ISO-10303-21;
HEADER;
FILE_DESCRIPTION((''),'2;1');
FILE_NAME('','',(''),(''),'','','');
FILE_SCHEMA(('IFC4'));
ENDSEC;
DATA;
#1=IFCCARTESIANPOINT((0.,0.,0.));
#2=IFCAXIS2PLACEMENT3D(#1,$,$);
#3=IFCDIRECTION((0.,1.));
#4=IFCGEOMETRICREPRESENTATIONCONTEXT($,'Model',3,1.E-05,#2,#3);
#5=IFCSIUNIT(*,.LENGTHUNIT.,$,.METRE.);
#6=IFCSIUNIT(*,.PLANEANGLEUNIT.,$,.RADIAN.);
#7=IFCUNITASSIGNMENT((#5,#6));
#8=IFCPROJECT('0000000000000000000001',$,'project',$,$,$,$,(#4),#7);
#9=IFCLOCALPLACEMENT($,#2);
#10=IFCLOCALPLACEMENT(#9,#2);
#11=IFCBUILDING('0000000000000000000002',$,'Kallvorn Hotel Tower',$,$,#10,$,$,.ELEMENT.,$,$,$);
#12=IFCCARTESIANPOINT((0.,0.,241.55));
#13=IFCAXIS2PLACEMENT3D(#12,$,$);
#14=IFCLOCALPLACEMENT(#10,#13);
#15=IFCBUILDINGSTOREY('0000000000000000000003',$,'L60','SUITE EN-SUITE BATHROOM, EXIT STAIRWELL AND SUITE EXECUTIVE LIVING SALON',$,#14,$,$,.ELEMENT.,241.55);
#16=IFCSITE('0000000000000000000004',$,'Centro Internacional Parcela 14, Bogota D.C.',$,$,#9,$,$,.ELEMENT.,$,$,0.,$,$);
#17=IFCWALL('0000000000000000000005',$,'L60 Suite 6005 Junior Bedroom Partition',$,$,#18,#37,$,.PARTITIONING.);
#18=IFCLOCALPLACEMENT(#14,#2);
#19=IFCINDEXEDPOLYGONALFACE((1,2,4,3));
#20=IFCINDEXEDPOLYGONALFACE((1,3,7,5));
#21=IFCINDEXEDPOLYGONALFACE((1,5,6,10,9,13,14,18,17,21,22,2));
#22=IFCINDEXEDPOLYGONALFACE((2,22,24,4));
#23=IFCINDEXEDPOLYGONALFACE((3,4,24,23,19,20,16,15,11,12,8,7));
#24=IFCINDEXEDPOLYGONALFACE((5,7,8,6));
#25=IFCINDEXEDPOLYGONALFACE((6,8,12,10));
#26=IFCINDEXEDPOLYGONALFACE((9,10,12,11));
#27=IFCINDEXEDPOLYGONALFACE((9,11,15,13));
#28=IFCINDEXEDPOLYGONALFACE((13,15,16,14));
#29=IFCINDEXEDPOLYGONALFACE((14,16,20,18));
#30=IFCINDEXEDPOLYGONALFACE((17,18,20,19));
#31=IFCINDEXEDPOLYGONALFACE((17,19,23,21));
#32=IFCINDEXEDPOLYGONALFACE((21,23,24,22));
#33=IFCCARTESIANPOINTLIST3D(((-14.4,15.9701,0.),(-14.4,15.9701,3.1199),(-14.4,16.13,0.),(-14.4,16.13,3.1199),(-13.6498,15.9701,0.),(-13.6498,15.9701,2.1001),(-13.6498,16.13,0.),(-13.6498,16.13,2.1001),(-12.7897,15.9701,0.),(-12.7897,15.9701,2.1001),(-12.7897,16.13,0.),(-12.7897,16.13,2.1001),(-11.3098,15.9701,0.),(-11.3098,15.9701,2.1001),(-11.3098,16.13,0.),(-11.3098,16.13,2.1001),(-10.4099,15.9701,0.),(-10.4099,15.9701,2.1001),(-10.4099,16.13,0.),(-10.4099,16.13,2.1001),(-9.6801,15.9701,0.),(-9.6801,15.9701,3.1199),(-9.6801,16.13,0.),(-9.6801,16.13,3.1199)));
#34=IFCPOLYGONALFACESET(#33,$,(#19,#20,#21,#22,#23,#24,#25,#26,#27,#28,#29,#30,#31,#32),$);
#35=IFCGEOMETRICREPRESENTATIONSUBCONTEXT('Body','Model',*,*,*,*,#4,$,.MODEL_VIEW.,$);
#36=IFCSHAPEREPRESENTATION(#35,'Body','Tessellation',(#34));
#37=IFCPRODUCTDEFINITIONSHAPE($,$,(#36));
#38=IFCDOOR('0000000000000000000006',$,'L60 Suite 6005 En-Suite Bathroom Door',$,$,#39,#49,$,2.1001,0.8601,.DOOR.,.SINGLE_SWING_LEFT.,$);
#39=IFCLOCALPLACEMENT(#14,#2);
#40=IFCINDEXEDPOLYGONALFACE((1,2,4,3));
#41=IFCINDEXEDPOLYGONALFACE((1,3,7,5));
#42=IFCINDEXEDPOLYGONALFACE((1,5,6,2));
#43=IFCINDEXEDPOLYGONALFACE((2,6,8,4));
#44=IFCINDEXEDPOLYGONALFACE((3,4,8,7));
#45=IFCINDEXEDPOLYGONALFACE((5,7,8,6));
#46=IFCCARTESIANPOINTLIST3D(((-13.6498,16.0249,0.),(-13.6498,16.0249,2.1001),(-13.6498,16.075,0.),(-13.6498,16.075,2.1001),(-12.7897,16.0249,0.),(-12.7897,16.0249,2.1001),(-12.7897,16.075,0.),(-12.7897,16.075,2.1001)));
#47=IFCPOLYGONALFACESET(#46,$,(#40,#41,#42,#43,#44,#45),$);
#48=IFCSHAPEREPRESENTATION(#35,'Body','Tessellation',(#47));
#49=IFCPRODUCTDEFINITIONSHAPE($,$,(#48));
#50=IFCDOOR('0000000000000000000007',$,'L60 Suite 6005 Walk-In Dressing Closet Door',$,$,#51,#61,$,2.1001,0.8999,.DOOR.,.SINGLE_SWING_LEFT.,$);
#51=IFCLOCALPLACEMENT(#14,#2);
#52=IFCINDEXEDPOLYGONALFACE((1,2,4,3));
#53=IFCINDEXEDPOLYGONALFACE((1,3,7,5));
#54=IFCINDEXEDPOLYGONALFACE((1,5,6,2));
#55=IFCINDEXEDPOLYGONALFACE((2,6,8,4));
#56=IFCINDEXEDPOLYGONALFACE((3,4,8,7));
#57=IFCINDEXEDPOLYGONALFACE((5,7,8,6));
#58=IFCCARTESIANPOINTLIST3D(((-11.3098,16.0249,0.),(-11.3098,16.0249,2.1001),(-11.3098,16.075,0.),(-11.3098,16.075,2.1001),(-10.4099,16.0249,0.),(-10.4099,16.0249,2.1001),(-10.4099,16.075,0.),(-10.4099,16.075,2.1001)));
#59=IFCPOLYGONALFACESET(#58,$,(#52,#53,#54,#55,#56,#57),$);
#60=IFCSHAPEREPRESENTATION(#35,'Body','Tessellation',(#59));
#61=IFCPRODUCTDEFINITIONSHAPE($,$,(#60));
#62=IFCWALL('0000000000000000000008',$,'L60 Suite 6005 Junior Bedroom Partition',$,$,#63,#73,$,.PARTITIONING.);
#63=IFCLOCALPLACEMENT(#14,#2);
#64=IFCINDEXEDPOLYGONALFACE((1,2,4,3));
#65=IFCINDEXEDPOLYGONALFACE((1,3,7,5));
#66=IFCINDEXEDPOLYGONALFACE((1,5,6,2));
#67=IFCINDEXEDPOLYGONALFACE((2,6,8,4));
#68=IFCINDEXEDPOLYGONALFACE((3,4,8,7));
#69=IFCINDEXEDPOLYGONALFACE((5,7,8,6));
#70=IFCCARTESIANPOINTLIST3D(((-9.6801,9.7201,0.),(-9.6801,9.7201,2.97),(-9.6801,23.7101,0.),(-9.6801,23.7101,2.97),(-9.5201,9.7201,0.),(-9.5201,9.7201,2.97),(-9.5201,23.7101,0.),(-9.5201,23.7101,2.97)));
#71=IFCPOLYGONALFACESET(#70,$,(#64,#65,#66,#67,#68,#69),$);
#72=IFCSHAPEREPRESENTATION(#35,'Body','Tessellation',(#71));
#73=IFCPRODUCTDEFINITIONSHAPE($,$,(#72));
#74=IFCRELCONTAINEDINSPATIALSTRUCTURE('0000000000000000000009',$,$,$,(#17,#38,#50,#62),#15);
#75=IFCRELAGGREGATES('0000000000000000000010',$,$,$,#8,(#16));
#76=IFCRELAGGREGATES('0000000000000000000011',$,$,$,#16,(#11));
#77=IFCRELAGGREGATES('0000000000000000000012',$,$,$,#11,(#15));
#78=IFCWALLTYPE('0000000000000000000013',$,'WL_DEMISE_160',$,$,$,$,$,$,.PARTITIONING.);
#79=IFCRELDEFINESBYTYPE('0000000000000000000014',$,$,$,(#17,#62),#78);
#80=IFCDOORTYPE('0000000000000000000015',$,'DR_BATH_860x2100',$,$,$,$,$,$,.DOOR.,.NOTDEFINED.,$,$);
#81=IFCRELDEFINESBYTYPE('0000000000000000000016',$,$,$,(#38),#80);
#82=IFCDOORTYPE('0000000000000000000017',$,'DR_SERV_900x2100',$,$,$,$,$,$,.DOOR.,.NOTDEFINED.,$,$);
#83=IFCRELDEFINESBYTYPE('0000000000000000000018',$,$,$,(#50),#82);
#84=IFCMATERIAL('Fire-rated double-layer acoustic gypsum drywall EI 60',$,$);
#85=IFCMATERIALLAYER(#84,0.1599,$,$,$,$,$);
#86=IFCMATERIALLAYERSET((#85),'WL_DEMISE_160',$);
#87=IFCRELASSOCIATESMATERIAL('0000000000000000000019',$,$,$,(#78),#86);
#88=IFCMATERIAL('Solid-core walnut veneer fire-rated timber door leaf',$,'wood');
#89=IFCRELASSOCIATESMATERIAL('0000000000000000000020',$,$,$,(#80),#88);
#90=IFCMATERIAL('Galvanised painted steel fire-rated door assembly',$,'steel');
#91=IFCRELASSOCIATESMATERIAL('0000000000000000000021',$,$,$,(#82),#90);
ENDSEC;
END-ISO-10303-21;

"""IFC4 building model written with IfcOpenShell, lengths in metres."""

from ifc_helpers import new_model, si_unit, direction, frame, frame_2d, origin, place, context, subcontext, project, spatial, rectangle, extrude, material, layer, layer_set, type_object, element, fill, save


model = new_model("IFC4")

# Units and contexts
model_context = context("Model", 3, precision=1e-05, world=origin(), true_north=direction((0.0, 1.0)))
body_context = subcontext(model_context, "Body", "Model", "MODEL_VIEW")
ifc_project = project(units=[si_unit("LENGTHUNIT", "METRE"), si_unit("PLANEANGLEUNIT", "RADIAN")], contexts=[model_context])

# Site, building, storey
site_placement = place(None, origin())
site = spatial("IfcSite", under=ifc_project, at=site_placement, Name="Centro Internacional Parcela 14, Bogota D.C.", CompositionType="ELEMENT", RefElevation=0.0)
building_placement = place(site_placement, origin())
building = spatial("IfcBuilding", under=site, at=building_placement, Name="Kallvorn Hotel Tower", CompositionType="ELEMENT")
storey_placement = place(building_placement, frame((0.0, 0.0, 241.55)))
storey = spatial("IfcBuildingStorey", under=building, at=storey_placement, Name="L60", Description="SUITE EN-SUITE BATHROOM, EXIT STAIRWELL AND SUITE EXECUTIVE LIVING SALON", CompositionType="ELEMENT", Elevation=241.55)

# Wall, openings, doors
ifc_material_1 = material(Name="Fire-rated double-layer acoustic gypsum drywall EI 60")
ifc_layer_1 = layer(ifc_material_1, 0.1599)
ifc_layer_set_1 = layer_set([ifc_layer_1], Name="WL_DEMISE_160")
wall_type = type_object("IfcWallType", Name="WL_DEMISE_160", PredefinedType="PARTITIONING", material=ifc_layer_set_1)
wall_1_placement = place(storey_placement, frame((-14.3999, 16.05, 0.0), z_axis=(0.0, 0.0, 1.0), x_axis=(1.0, 0.0, 0.0)))
wall_1 = element("IfcWall", 1, at=wall_1_placement, inside=storey, type_object=wall_type, Name="L60 Suite 6005 Junior Bedroom Partition", PredefinedType="PARTITIONING", context=body_context, shape_type="SweptSolid", body=[
    extrude(rectangle(XDim=4.72, YDim=0.1599, at=frame_2d((2.3599, 0.0))), origin(), (0.0, 0.0, 1.0), 3.1199),
])
opening_1_placement = place(wall_1_placement, frame((0.75, 0.0, 0.0)))
opening_1 = element("IfcOpeningElement", 2, at=opening_1_placement, cuts=wall_1, PredefinedType="OPENING", context=body_context, shape_type="SweptSolid", body=[
    extrude(rectangle(XDim=0.8601, YDim=2.1001, at=frame_2d((0.4302, 1.05))), frame((0.0, 0.095, 0.0), z_axis=(0.0, -1.0, 0.0), x_axis=(1.0, 0.0, 0.0)), (0.0, 0.0, 1.0), 0.1899),
])
opening_2_placement = place(wall_1_placement, frame((3.0901, 0.0, 0.0)))
opening_2 = element("IfcOpeningElement", 3, at=opening_2_placement, cuts=wall_1, PredefinedType="OPENING", context=body_context, shape_type="SweptSolid", body=[
    extrude(rectangle(XDim=0.8999, YDim=2.1001, at=frame_2d((0.45, 1.05))), frame((0.0, 0.095, 0.0), z_axis=(0.0, -1.0, 0.0), x_axis=(1.0, 0.0, 0.0)), (0.0, 0.0, 1.0), 0.1899),
])
ifc_material_2 = material(Name="Solid-core walnut veneer fire-rated timber door leaf", Category="wood")
door_type_1 = type_object("IfcDoorType", Name="DR_BATH_860x2100", OperationType="NOTDEFINED", PredefinedType="DOOR", material=ifc_material_2)
door_1_placement = place(opening_1_placement, origin())
door_1 = element("IfcDoor", 4, at=door_1_placement, inside=storey, type_object=door_type_1, Name="L60 Suite 6005 En-Suite Bathroom Door", OperationType="SINGLE_SWING_LEFT", OverallHeight=2.1001, OverallWidth=0.8601, PredefinedType="DOOR", context=body_context, shape_type="SweptSolid", body=[
    extrude(rectangle(XDim=0.8601, YDim=2.1001, at=frame_2d((0.4302, 1.05))), frame((0.0, 0.0249, 0.0), z_axis=(0.0, -1.0, 0.0), x_axis=(1.0, 0.0, 0.0)), (0.0, 0.0, 1.0), 0.05),
])
fill(opening_1, door_1)
ifc_material_3 = material(Name="Galvanised painted steel fire-rated door assembly", Category="steel")
door_type_2 = type_object("IfcDoorType", Name="DR_SERV_900x2100", OperationType="NOTDEFINED", PredefinedType="DOOR", material=ifc_material_3)
door_2_placement = place(opening_2_placement, origin())
door_2 = element("IfcDoor", 5, at=door_2_placement, inside=storey, type_object=door_type_2, Name="L60 Suite 6005 Walk-In Dressing Closet Door", OperationType="SINGLE_SWING_LEFT", OverallHeight=2.1001, OverallWidth=0.8999, PredefinedType="DOOR", context=body_context, shape_type="SweptSolid", body=[
    extrude(rectangle(XDim=0.8999, YDim=2.1001, at=frame_2d((0.45, 1.05))), frame((0.0, 0.0249, 0.0), z_axis=(0.0, -1.0, 0.0), x_axis=(1.0, 0.0, 0.0)), (0.0, 0.0, 1.0), 0.05),
])
fill(opening_2, door_2)

# Wall
wall_2_placement = place(storey_placement, frame((-9.6001, 9.72, 0.0), z_axis=(0.0, 0.0, 1.0), x_axis=(0.0, 1.0, 0.0)))
element("IfcWall", 6, at=wall_2_placement, inside=storey, type_object=wall_type, Name="L60 Suite 6005 Junior Bedroom Partition", PredefinedType="PARTITIONING", context=body_context, shape_type="SweptSolid", body=[
    extrude(rectangle(XDim=13.99, YDim=0.1599, at=frame_2d((6.9951, 0.0))), origin(), (0.0, 0.0, 1.0), 2.97),
])

save(model, "model.ifc")
